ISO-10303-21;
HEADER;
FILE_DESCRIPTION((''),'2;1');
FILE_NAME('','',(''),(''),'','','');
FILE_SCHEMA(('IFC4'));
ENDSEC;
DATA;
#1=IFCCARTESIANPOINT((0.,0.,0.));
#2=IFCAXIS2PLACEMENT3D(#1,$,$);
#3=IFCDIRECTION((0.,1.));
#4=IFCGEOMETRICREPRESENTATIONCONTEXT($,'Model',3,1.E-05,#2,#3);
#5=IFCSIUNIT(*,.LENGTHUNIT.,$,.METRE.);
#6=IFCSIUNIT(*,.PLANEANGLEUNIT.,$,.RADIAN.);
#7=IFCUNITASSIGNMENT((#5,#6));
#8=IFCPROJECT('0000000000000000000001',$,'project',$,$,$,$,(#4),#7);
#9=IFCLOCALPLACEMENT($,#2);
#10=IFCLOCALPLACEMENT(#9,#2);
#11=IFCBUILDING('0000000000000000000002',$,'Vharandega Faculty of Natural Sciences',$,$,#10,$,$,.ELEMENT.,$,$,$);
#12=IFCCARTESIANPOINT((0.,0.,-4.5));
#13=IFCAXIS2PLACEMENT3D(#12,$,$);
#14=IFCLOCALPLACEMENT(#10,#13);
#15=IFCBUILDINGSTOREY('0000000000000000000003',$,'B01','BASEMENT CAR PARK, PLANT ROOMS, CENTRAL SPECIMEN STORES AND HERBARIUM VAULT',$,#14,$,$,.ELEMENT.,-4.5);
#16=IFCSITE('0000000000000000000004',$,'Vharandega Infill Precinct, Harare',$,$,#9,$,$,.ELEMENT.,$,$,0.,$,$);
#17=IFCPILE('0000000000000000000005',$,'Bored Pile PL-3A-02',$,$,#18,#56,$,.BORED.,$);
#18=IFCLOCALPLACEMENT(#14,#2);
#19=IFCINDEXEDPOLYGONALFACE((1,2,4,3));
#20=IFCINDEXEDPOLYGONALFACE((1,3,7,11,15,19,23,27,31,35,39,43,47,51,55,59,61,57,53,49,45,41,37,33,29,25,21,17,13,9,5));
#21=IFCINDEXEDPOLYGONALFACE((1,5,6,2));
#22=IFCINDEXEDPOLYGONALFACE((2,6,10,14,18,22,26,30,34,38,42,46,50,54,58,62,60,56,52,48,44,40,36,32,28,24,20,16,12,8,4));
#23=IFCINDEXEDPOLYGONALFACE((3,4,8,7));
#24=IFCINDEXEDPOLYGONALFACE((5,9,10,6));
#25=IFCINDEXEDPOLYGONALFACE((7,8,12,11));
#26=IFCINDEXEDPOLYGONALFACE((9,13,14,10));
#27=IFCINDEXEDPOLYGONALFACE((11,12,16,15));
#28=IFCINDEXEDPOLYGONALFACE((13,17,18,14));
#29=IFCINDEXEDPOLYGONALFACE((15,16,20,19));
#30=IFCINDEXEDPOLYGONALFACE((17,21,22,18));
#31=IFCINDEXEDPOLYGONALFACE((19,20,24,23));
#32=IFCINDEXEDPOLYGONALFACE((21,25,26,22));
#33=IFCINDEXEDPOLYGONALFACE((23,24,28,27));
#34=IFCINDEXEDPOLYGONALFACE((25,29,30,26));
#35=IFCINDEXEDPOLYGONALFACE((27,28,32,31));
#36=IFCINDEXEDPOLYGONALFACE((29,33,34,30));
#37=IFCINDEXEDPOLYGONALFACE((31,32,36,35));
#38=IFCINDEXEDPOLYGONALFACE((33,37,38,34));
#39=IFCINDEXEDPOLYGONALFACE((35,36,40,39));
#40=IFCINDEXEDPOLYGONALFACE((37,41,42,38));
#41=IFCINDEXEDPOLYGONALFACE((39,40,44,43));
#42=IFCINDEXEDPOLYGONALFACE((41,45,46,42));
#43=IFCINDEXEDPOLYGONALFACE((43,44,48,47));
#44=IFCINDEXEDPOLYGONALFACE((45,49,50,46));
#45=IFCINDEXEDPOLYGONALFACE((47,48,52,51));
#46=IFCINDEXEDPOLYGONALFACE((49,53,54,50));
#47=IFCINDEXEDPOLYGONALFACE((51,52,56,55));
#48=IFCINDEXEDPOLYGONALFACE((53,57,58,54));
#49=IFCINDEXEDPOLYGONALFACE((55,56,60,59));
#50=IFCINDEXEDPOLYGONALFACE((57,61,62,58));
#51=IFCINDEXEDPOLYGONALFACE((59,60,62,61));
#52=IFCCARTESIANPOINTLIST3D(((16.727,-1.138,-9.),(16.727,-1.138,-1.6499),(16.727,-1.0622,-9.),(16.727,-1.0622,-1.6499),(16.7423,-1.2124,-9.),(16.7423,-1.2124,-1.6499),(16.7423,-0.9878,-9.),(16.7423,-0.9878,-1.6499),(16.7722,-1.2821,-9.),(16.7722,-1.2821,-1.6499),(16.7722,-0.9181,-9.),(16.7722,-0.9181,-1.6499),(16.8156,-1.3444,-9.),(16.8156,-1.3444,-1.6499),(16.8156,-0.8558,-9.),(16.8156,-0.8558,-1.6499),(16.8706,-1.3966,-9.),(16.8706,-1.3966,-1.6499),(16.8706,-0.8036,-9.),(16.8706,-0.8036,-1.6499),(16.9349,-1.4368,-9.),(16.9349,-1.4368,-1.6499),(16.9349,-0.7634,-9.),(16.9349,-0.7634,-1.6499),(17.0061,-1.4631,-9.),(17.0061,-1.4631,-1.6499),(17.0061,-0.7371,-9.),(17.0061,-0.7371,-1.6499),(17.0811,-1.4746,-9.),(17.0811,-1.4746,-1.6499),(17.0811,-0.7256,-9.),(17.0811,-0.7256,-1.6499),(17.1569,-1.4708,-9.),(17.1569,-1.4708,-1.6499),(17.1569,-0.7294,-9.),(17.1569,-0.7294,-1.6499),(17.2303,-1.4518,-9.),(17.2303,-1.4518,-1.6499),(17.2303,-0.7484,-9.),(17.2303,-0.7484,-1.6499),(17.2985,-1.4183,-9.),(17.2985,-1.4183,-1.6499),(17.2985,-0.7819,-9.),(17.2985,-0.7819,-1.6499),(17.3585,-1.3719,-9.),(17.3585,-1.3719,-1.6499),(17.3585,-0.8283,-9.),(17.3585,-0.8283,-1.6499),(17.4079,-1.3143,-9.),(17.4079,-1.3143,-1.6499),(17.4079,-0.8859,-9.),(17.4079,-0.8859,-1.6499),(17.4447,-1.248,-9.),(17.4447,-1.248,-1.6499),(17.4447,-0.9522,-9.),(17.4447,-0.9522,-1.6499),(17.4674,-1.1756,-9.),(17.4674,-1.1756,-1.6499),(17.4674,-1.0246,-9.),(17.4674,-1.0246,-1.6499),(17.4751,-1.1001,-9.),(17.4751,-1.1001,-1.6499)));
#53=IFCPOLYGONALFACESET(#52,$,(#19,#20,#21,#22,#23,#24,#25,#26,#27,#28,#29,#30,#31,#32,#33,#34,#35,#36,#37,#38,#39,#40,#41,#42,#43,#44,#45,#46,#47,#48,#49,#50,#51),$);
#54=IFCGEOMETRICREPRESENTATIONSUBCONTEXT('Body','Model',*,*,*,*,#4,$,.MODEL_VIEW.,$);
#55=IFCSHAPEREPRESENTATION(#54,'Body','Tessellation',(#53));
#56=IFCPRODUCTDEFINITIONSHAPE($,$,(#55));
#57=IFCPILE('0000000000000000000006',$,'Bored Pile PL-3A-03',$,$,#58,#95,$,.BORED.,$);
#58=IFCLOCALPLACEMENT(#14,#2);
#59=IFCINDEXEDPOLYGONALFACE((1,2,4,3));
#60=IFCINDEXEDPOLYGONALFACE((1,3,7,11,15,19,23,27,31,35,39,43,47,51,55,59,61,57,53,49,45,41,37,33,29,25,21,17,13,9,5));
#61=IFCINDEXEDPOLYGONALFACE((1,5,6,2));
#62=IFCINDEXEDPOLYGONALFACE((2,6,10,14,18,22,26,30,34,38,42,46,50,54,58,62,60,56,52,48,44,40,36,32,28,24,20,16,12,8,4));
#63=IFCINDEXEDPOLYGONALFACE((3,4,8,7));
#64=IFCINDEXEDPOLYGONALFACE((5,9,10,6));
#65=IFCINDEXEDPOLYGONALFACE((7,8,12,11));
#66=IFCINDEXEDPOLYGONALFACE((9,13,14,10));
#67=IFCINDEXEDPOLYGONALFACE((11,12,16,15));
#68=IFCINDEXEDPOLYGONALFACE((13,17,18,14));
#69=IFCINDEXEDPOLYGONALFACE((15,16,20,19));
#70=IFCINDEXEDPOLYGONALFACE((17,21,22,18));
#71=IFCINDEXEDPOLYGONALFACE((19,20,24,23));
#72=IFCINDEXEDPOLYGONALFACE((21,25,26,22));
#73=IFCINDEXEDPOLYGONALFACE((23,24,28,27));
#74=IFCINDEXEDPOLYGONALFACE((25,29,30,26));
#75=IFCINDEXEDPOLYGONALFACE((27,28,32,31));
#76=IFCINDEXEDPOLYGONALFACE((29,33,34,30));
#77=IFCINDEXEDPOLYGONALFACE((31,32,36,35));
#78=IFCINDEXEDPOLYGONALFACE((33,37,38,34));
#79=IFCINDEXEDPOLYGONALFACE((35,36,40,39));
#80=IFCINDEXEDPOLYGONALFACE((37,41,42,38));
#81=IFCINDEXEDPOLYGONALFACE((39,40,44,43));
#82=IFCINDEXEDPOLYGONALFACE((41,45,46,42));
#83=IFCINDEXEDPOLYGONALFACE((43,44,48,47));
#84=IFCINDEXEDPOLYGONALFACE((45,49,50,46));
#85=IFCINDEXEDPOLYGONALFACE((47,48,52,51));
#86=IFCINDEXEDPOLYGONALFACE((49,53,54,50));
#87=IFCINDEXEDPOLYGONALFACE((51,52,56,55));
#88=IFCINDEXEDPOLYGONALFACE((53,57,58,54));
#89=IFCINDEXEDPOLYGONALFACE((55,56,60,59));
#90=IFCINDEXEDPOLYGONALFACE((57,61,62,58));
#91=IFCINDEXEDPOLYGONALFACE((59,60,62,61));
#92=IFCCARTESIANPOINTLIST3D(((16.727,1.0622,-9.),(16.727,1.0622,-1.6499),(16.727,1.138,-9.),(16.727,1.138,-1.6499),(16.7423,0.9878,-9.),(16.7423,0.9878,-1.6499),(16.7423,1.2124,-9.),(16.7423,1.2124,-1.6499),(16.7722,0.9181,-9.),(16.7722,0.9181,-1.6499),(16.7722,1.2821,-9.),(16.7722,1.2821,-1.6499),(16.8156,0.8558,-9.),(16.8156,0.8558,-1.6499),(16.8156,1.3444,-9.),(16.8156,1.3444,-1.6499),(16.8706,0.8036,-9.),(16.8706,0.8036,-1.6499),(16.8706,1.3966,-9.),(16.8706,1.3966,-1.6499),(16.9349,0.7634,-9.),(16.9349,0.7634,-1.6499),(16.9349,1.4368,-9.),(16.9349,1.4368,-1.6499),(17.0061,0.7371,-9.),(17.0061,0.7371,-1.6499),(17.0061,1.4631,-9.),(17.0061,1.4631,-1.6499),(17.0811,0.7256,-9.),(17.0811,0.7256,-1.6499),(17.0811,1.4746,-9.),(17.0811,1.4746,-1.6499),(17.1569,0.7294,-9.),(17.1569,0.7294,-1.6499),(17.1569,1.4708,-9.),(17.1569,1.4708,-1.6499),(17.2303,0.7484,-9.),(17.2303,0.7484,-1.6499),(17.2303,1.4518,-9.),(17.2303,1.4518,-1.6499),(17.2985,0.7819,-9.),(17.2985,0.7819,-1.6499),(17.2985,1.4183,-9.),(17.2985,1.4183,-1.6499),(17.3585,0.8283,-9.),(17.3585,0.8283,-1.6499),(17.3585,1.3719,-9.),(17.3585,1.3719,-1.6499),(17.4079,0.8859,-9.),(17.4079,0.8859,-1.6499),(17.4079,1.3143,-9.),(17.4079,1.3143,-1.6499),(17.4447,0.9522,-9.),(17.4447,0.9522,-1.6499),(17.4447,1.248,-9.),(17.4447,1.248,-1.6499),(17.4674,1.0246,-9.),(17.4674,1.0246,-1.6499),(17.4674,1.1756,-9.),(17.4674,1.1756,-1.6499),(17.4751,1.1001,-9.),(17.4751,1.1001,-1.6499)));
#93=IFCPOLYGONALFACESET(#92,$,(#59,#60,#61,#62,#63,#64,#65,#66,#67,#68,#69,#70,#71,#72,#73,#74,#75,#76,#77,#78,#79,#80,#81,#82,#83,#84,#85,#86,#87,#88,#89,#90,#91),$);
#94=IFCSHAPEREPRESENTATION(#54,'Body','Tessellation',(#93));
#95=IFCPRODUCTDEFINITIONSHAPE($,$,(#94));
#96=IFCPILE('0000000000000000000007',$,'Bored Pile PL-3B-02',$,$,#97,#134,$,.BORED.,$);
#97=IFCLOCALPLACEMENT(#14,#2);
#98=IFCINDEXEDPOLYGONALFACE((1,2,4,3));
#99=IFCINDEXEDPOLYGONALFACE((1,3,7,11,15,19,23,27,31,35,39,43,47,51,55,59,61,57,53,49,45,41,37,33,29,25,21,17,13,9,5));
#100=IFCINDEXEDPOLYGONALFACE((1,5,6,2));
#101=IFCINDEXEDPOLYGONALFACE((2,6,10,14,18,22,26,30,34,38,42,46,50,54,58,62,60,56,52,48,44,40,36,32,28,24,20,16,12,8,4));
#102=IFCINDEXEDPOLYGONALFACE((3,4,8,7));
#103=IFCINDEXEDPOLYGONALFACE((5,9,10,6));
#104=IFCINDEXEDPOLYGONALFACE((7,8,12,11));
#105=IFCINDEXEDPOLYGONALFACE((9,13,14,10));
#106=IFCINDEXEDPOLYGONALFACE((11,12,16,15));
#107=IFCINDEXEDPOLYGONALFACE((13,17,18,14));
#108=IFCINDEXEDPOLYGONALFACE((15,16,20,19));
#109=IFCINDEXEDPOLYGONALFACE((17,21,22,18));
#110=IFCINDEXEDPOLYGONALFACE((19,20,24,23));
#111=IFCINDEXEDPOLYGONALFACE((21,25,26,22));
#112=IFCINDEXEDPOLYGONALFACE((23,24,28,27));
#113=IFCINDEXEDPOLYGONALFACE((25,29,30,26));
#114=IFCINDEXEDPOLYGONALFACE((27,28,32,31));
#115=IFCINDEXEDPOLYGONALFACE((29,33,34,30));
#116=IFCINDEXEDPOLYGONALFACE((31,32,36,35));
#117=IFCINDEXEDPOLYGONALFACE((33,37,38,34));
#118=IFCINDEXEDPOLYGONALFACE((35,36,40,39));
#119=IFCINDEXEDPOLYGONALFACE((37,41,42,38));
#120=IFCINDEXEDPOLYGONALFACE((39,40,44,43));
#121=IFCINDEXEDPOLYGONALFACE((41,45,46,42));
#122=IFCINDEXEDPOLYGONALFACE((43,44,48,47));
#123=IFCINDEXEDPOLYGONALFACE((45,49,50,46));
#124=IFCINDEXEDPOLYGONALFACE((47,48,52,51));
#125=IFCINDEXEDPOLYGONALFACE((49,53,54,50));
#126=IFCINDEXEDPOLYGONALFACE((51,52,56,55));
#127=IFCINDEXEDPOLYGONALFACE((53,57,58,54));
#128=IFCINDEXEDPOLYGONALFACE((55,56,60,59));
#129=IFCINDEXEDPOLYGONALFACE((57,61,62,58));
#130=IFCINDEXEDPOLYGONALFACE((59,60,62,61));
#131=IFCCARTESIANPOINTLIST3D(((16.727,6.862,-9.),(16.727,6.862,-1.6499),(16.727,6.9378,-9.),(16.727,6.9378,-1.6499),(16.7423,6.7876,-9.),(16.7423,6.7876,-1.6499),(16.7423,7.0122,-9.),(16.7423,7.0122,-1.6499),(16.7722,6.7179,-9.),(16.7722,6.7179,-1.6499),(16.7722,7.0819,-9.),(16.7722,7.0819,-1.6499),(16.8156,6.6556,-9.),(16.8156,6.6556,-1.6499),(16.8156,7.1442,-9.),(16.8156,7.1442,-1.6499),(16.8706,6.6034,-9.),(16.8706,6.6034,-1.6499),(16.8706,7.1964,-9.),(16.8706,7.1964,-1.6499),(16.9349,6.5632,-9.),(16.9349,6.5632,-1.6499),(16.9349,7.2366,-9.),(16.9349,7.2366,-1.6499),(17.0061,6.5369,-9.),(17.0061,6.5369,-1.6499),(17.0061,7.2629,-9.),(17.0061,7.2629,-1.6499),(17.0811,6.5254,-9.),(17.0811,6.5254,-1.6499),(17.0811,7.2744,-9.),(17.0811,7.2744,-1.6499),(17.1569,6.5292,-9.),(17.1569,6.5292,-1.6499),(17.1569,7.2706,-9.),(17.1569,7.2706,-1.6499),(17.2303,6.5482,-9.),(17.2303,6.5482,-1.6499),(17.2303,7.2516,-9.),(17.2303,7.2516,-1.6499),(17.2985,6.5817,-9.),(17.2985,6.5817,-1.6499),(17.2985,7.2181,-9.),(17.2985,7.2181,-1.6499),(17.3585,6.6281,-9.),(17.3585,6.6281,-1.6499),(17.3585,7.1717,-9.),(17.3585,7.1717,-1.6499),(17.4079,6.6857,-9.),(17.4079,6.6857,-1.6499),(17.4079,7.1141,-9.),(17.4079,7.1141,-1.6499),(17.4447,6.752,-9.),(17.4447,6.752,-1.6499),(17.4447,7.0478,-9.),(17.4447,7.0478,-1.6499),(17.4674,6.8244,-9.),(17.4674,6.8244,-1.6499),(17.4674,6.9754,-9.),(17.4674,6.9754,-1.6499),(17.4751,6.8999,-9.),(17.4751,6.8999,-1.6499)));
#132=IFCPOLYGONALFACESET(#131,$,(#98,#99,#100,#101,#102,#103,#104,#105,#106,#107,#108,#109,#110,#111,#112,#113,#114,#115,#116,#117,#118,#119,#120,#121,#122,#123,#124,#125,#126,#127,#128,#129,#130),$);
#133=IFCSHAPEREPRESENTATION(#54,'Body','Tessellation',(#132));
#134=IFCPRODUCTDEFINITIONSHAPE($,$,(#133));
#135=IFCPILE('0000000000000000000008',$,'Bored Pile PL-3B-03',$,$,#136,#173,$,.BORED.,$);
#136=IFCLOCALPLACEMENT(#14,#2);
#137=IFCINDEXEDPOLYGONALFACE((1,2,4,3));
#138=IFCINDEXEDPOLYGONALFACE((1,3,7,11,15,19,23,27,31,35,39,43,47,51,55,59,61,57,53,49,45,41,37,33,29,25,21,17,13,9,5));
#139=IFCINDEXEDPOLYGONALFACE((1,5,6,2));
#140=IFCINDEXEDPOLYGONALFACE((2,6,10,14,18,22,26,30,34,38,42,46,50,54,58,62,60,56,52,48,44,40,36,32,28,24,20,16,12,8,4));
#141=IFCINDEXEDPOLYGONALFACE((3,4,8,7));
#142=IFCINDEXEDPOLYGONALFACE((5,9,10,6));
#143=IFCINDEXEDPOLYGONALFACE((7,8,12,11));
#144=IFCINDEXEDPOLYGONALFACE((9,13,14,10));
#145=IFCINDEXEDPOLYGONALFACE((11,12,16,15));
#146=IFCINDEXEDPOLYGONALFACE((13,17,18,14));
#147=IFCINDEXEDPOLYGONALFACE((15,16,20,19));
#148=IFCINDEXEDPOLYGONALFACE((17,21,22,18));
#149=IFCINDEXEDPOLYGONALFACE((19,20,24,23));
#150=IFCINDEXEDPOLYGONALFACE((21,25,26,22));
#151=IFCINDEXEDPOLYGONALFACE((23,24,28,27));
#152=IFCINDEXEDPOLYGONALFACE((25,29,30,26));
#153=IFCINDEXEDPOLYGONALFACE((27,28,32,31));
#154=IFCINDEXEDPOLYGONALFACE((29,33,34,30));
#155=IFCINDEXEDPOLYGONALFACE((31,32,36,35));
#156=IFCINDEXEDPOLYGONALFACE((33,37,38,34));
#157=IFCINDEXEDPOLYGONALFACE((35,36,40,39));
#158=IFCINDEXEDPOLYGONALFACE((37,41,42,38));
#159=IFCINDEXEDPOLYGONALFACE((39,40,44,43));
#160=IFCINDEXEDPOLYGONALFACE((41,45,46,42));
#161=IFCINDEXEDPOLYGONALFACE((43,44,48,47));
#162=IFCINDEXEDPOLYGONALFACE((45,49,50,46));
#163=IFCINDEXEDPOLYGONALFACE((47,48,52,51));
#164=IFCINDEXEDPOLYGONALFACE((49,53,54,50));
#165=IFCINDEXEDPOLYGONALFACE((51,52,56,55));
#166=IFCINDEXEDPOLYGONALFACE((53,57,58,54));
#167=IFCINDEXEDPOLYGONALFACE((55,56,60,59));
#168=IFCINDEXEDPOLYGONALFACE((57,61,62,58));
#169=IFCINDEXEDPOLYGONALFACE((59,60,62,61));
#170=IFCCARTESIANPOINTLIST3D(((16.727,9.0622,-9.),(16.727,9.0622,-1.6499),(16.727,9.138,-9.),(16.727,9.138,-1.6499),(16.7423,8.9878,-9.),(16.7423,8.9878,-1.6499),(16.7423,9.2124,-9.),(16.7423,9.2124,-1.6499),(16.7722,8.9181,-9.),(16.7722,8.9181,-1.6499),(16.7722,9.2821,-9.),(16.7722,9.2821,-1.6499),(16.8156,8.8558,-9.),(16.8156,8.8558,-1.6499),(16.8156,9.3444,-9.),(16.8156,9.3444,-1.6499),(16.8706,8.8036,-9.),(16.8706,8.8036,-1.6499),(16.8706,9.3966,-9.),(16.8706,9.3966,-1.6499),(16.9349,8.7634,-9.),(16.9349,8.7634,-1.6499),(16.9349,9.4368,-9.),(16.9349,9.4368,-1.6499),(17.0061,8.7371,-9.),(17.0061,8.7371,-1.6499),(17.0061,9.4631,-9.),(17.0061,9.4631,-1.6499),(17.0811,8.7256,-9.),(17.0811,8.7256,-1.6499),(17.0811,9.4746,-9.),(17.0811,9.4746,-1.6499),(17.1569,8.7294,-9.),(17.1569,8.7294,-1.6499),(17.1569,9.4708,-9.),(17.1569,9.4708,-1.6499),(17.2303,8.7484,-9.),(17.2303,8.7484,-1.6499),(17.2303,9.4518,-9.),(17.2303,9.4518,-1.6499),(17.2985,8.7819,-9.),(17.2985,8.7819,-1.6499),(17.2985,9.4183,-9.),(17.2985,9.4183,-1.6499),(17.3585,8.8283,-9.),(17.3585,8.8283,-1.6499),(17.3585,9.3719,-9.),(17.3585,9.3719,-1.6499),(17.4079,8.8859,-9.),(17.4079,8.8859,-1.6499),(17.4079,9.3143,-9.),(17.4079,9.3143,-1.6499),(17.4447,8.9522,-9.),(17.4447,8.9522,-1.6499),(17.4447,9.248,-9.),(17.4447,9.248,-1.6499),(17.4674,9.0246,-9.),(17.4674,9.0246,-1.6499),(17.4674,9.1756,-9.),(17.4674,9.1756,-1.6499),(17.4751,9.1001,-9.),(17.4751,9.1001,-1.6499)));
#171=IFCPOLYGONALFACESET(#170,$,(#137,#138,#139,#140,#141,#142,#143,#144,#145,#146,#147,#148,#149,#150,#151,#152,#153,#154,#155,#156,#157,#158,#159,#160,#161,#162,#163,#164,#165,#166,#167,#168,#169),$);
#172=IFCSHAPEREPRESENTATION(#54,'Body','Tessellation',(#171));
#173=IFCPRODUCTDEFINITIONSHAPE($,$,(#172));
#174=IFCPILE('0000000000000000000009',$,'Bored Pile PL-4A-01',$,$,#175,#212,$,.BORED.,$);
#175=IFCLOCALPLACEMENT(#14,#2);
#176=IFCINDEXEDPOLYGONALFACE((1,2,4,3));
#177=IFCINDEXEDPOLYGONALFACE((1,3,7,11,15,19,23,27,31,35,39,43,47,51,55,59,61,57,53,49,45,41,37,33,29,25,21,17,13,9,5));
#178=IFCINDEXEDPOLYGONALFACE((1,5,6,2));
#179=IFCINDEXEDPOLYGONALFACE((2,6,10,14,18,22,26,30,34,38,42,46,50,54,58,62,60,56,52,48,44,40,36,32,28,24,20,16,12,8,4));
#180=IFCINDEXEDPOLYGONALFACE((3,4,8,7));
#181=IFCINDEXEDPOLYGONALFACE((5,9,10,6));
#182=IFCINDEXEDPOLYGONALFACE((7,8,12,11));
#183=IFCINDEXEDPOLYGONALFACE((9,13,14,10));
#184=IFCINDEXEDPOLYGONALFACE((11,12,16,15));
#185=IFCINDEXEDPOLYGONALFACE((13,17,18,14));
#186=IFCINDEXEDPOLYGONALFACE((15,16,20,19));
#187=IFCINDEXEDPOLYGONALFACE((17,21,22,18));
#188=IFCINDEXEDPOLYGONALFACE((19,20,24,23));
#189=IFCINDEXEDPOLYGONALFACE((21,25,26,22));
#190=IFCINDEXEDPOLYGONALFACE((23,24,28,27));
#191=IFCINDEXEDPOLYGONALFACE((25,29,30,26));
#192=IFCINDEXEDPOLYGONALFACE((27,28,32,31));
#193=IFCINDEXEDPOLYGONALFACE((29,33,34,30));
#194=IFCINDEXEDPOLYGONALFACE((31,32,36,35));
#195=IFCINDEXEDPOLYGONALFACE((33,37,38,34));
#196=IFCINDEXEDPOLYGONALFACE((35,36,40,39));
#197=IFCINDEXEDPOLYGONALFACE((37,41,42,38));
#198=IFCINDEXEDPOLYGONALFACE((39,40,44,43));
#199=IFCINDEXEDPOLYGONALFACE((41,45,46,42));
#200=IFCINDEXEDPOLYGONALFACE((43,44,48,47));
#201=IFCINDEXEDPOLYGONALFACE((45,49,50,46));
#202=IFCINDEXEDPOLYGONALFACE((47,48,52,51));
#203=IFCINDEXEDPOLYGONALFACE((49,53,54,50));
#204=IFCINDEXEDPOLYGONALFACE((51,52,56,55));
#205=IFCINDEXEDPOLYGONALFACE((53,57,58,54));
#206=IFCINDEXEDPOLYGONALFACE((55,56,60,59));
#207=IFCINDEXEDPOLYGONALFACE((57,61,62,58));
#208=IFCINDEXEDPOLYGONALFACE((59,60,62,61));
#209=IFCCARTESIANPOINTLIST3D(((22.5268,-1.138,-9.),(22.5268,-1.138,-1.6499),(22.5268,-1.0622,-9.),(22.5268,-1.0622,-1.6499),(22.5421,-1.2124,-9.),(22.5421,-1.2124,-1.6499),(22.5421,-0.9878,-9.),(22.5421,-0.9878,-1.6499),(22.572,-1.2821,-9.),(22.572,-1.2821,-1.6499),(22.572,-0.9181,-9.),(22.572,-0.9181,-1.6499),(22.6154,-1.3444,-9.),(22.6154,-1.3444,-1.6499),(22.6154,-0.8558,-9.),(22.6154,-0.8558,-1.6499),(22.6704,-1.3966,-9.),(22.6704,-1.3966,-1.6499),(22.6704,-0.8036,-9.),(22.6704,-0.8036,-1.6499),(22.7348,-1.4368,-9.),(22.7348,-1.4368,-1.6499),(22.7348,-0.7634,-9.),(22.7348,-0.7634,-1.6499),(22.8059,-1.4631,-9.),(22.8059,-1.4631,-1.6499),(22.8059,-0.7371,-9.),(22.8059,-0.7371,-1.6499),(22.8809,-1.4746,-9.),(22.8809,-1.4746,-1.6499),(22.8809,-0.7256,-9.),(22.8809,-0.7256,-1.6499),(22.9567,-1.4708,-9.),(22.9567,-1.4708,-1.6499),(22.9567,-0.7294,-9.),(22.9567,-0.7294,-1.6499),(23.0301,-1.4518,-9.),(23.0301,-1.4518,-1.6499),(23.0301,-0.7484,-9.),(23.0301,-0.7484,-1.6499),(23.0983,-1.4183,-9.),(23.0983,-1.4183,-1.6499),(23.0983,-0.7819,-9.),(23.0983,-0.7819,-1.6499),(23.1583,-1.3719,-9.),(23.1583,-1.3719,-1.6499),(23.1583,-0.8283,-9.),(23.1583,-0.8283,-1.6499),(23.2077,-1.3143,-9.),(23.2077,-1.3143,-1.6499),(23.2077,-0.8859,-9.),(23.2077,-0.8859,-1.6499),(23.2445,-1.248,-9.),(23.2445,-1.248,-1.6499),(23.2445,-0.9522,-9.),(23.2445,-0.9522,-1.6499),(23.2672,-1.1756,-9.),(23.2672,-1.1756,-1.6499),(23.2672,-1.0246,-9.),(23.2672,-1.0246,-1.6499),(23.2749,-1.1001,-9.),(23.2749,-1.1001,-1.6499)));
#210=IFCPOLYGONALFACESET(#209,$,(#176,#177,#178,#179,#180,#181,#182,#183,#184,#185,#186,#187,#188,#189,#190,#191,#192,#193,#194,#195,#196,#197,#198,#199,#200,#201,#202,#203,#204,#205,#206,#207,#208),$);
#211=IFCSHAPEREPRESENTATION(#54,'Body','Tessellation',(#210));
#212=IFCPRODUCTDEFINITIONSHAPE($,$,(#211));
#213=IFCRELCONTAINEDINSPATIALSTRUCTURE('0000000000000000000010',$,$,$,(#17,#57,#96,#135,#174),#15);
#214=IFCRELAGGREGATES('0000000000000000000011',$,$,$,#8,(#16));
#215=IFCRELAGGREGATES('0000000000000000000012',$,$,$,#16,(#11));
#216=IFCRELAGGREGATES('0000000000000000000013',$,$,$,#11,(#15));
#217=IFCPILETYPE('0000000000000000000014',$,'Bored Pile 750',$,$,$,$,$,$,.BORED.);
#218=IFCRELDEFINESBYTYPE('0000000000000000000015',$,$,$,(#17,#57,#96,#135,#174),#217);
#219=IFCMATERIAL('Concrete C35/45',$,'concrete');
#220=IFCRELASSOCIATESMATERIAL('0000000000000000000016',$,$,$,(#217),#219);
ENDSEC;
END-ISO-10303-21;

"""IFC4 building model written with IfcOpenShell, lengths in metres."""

from ifc_helpers import new_model, si_unit, direction, frame, origin, origin_2d, place, context, subcontext, project, spatial, circle, extrude, material, material_profile, profile_set, type_object, element, save


model = new_model("IFC4")

# Units and contexts
model_context = context("Model", 3, precision=1e-05, world=origin(), true_north=direction((0.0, 1.0)))
body_context = subcontext(model_context, "Body", "Model", "MODEL_VIEW")
ifc_project = project(units=[si_unit("LENGTHUNIT", "METRE"), si_unit("PLANEANGLEUNIT", "RADIAN")], contexts=[model_context])

# Site, building, storey
site_placement = place(None, origin())
site = spatial("IfcSite", under=ifc_project, at=site_placement, Name="Vharandega Infill Precinct, Harare", CompositionType="ELEMENT", RefElevation=0.0)
building_placement = place(site_placement, origin())
building = spatial("IfcBuilding", under=site, at=building_placement, Name="Vharandega Faculty of Natural Sciences", CompositionType="ELEMENT")
storey_placement = place(building_placement, frame((0.0, 0.0, -4.5)))
storey = spatial("IfcBuildingStorey", under=building, at=storey_placement, Name="B01", Description="BASEMENT CAR PARK, PLANT ROOMS, CENTRAL SPECIMEN STORES AND HERBARIUM VAULT", CompositionType="ELEMENT", Elevation=-4.5)

# Piles
ifc_material_1 = material(Name="Concrete C35/45", Category="concrete")
ifc_material_profile_1 = material_profile(ifc_material_1, circle(Radius=0.375, at=origin_2d()), Name="PILE 750")
ifc_profile_set_1 = profile_set([ifc_material_profile_1], Name="Concrete C35/45")
pile_type = type_object("IfcPileType", Name="Bored Pile 750", PredefinedType="BORED", material=ifc_profile_set_1)
for number, where, z_axis, x_axis, name in (
    (1, (17.1001, -1.1001, -1.6499), (0.0, 0.0, -1.0), (1.0, 0.0, 0.0), "Bored Pile PL-3A-02"),
    (2, (17.1001, 1.1001, -1.6499), (0.0, 0.0, -1.0), (1.0, 0.0, 0.0), "Bored Pile PL-3A-03"),
    (3, (17.1001, 6.8999, -1.6499), (0.0, 0.0, -1.0), (1.0, 0.0, 0.0), "Bored Pile PL-3B-02"),
    (4, (17.1001, 9.1001, -1.6499), (0.0, 0.0, -1.0), (1.0, 0.0, 0.0), "Bored Pile PL-3B-03"),
    (5, (22.8999, -1.1001, -1.6499), (0.0, 0.0, -1.0), (1.0, 0.0, 0.0), "Bored Pile PL-4A-01"),
):
    element("IfcPile", number, at=place(storey_placement, frame(where, z_axis=z_axis, x_axis=x_axis)), inside=storey, type_object=pile_type, Name=name, PredefinedType="BORED", context=body_context, shape_type="SweptSolid", body=[
        extrude(circle(Radius=0.375, at=origin_2d()), origin(), (0.0, 0.0, 1.0), 7.3501),
    ])

save(model, "model.ifc")
